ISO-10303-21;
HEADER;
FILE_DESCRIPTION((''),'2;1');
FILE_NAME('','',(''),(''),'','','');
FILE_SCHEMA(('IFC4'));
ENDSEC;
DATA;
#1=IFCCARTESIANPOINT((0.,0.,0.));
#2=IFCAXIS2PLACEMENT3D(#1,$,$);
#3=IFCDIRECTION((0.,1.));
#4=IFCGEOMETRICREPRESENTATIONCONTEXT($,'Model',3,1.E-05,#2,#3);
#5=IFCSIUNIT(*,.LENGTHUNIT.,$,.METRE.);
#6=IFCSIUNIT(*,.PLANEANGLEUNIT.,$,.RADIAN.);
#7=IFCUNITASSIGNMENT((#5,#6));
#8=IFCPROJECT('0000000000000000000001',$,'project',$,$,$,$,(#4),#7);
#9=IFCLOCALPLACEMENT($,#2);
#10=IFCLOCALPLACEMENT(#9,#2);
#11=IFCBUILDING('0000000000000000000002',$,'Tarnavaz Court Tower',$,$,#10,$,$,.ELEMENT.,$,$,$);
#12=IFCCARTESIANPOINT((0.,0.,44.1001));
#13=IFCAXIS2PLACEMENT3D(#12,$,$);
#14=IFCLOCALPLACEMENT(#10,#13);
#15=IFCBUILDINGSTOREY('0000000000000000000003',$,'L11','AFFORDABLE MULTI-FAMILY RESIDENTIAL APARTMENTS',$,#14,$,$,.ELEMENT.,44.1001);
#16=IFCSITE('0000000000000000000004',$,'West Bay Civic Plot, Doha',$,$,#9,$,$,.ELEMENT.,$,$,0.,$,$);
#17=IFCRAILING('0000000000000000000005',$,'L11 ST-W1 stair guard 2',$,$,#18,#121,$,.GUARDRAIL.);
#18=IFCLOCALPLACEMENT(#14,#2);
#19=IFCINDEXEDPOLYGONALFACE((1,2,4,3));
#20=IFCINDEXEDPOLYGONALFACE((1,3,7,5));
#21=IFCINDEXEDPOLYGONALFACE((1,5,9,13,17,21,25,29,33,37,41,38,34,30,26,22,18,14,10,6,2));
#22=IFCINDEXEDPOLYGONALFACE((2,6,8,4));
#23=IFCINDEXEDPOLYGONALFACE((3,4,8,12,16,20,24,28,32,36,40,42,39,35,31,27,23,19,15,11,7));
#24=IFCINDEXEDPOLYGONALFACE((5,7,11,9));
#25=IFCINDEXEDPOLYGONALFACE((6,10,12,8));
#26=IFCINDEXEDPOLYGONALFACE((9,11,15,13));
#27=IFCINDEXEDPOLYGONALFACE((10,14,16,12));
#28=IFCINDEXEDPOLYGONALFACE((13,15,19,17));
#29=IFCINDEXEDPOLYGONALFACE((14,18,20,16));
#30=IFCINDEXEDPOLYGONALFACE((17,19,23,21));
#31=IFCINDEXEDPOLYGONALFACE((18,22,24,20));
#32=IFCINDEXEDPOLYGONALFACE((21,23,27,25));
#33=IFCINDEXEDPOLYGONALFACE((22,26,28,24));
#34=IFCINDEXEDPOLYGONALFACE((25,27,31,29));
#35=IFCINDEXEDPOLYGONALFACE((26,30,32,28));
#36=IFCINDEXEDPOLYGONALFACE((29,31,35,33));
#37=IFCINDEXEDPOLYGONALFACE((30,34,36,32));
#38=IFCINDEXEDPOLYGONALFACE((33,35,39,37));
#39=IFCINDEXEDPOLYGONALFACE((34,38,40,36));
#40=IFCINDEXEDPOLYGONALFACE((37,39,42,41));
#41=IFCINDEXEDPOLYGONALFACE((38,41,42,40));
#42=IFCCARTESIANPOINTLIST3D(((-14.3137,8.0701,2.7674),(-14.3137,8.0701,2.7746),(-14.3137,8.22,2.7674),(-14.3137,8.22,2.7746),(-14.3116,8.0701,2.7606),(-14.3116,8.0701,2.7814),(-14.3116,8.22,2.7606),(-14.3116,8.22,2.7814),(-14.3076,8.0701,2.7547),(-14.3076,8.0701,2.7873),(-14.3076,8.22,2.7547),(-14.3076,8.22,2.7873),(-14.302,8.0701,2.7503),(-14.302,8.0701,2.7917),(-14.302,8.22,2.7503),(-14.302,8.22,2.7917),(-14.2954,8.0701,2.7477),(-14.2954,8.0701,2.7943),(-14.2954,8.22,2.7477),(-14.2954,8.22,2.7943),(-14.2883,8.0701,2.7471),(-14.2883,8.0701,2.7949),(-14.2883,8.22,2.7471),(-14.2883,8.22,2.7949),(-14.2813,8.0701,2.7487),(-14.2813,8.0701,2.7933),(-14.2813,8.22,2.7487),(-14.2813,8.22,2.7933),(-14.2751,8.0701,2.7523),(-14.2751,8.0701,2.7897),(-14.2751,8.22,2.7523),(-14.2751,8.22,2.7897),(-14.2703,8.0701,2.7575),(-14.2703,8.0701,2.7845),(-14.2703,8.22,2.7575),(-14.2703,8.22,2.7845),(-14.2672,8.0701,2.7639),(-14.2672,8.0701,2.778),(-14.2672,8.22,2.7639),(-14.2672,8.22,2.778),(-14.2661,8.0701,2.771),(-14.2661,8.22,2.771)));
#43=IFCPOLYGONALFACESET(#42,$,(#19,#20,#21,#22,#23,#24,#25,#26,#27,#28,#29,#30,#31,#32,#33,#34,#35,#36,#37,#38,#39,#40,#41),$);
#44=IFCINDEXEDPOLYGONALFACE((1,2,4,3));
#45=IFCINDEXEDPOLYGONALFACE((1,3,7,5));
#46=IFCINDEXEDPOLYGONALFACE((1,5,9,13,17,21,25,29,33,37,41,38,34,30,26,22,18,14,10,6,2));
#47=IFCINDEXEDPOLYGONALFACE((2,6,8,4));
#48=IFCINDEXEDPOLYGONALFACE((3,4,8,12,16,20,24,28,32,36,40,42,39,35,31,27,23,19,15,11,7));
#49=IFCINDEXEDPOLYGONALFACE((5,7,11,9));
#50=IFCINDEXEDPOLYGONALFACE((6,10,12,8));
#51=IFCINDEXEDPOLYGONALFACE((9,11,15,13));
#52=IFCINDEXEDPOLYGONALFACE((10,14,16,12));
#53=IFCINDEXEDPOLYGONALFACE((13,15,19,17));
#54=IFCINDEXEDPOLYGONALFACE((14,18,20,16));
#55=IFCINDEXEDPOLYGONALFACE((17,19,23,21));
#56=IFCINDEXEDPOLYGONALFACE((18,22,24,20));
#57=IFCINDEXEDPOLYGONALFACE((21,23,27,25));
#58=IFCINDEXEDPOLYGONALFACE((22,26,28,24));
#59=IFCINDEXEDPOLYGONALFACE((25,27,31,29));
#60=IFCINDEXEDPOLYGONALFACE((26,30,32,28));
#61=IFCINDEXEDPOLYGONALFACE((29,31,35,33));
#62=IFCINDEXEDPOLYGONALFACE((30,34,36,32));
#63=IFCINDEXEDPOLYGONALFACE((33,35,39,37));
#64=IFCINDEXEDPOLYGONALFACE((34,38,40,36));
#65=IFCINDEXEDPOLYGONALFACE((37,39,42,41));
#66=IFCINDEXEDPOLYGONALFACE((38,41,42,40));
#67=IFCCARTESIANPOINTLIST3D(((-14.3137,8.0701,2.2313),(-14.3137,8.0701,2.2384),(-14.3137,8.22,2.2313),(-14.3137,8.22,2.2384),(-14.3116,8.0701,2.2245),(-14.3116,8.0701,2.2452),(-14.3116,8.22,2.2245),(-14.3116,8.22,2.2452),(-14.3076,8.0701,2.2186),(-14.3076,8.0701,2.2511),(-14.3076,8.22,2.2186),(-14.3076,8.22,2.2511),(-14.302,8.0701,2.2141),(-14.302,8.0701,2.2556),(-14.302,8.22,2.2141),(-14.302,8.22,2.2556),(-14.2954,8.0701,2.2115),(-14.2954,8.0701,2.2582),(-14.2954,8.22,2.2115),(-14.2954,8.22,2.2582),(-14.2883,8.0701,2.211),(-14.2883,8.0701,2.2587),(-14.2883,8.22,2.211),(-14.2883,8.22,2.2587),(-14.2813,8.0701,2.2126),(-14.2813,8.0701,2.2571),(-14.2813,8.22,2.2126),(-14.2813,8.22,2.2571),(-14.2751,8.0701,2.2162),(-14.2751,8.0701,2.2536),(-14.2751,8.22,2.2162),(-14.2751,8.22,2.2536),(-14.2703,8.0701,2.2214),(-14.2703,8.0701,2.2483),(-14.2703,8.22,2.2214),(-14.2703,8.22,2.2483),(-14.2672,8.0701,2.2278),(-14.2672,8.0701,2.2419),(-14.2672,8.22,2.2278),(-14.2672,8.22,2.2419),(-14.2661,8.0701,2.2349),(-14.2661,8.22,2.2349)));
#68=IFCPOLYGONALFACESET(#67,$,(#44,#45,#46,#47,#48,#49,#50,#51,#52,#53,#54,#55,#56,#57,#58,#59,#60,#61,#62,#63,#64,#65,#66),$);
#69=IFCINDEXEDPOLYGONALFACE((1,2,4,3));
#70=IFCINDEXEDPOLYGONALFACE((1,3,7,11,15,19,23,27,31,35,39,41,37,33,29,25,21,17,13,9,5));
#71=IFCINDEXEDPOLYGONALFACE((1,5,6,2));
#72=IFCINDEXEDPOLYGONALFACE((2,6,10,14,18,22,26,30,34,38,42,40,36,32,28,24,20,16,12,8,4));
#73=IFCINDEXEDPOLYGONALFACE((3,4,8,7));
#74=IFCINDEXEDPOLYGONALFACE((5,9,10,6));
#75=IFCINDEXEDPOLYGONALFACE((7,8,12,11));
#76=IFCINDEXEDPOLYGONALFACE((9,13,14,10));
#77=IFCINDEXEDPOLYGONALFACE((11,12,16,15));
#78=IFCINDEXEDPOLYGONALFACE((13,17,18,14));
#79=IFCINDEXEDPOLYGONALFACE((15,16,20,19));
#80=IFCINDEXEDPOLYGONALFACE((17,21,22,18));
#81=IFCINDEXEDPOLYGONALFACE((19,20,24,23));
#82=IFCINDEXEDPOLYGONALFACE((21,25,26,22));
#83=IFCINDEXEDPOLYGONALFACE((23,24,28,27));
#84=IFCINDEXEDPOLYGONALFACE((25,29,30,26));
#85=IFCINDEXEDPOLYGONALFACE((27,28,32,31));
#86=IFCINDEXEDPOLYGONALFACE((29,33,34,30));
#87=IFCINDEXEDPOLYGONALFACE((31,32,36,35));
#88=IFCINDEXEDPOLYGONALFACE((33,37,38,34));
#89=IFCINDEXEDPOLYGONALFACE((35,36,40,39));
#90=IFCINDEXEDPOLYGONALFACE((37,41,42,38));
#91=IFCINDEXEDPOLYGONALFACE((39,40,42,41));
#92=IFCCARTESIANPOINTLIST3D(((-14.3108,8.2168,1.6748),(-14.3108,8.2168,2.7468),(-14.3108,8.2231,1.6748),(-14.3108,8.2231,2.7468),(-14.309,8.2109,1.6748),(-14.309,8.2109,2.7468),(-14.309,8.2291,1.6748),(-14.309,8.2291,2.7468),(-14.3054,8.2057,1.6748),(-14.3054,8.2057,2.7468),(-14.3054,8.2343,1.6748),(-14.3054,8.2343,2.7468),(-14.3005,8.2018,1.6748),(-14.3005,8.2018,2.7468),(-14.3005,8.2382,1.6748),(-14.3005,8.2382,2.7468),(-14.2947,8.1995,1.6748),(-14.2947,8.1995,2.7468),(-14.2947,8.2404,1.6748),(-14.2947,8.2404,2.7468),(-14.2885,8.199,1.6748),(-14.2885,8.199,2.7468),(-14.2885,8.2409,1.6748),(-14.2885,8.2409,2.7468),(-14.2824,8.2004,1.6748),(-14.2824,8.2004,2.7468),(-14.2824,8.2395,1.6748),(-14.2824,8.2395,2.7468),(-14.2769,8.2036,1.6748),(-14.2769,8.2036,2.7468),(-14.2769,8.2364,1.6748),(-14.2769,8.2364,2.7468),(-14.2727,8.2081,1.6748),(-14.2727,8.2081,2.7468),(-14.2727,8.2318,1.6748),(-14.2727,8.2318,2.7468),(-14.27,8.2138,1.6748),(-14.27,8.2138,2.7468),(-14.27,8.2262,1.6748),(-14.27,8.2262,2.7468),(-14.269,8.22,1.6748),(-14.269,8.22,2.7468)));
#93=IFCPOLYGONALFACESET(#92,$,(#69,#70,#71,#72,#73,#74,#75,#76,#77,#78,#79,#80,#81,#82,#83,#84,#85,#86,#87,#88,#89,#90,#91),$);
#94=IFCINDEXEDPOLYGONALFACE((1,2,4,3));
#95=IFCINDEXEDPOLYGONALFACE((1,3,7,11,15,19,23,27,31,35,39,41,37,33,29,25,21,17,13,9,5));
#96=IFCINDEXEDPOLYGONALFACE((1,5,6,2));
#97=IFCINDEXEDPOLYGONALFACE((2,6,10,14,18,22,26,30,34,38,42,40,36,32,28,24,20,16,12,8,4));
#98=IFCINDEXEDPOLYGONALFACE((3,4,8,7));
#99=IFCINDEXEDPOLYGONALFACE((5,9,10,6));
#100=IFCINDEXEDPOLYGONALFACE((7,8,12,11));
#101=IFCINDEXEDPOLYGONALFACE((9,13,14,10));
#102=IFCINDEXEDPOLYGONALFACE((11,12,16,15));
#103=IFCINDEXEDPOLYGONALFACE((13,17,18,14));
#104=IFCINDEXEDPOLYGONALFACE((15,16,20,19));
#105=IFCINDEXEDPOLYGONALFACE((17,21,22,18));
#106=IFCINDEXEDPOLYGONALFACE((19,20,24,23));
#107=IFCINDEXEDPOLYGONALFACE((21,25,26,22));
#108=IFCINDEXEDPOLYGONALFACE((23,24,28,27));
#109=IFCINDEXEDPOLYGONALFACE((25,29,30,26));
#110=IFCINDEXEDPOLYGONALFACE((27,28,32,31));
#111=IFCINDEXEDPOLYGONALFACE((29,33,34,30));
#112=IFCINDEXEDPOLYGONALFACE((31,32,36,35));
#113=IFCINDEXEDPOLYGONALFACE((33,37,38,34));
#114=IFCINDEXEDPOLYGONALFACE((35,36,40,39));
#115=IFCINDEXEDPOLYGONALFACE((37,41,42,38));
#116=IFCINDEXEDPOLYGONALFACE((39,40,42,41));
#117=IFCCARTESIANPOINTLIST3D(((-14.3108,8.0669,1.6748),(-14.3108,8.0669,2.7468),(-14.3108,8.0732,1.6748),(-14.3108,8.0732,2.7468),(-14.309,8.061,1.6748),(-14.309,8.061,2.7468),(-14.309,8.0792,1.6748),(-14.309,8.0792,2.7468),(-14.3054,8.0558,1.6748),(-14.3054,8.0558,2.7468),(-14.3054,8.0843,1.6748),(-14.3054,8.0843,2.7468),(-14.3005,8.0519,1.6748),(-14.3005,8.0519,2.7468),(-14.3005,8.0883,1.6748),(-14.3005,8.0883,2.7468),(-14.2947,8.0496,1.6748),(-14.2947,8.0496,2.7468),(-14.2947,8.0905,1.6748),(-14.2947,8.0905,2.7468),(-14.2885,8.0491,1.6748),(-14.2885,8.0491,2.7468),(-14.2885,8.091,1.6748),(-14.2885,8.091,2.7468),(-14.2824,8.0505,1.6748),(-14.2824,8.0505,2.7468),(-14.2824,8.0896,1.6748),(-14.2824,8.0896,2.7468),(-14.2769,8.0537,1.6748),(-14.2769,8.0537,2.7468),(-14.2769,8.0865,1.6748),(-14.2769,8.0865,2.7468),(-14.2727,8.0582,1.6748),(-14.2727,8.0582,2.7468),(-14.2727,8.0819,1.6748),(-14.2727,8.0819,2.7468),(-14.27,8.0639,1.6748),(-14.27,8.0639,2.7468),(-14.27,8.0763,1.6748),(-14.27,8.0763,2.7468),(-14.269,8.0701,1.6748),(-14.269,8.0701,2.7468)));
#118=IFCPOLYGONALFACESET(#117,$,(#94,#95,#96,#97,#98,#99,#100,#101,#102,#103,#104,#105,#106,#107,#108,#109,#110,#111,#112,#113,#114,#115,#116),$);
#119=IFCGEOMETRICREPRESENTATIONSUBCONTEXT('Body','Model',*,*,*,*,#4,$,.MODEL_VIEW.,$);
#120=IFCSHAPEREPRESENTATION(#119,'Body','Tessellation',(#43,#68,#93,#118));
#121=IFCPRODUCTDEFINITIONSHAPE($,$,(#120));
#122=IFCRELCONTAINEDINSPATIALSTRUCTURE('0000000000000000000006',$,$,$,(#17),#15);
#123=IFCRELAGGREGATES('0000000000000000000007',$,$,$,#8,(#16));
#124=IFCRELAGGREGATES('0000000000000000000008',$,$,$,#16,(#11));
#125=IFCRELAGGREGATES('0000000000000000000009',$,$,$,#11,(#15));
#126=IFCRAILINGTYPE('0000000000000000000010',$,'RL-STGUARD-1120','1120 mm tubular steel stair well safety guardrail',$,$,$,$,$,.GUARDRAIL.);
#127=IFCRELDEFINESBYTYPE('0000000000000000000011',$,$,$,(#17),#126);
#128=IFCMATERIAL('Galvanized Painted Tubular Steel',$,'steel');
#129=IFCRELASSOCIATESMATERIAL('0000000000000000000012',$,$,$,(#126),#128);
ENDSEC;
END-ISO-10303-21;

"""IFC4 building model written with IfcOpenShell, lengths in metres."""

from ifc_helpers import new_model, si_unit, direction, frame, origin, origin_2d, place, context, subcontext, project, spatial, circle, extrude, material, type_object, element, save


model = new_model("IFC4")

# Units and contexts
model_context = context("Model", 3, precision=1e-05, world=origin(), true_north=direction((0.0, 1.0)))
body_context = subcontext(model_context, "Body", "Model", "MODEL_VIEW")
ifc_project = project(units=[si_unit("LENGTHUNIT", "METRE"), si_unit("PLANEANGLEUNIT", "RADIAN")], contexts=[model_context])

# Site, building, storey
site_placement = place(None, origin())
site = spatial("IfcSite", under=ifc_project, at=site_placement, Name="West Bay Civic Plot, Doha", CompositionType="ELEMENT", RefElevation=0.0)
building_placement = place(site_placement, origin())
building = spatial("IfcBuilding", under=site, at=building_placement, Name="Tarnavaz Court Tower", CompositionType="ELEMENT")
storey_placement = place(building_placement, frame((0.0, 0.0, 44.1001)))
storey = spatial("IfcBuildingStorey", under=building, at=storey_placement, Name="L11", Description="AFFORDABLE MULTI-FAMILY RESIDENTIAL APARTMENTS", CompositionType="ELEMENT", Elevation=44.1001)

# Railing
ifc_material_1 = material(Name="Galvanized Painted Tubular Steel", Category="steel")
railing_type_1 = type_object("IfcRailingType", Name="RL-STGUARD-1120", Description="1120 mm tubular steel stair well safety guardrail", PredefinedType="GUARDRAIL", material=ifc_material_1)
railing_1_placement = place(storey_placement, frame((-14.29, 8.22, 1.6748)))
element("IfcRailing", 1, at=railing_1_placement, inside=storey, type_object=railing_type_1, Name="L11 ST-W1 stair guard 2", PredefinedType="GUARDRAIL", context=body_context, shape_type="SweptSolid", body=[
    extrude(circle(Radius=0.0239, at=origin_2d()), frame((0.0, 0.0, 1.0962), z_axis=(0.0, -1.0, 0.0), x_axis=(1.0, 0.0, 0.0)), (0.0, 0.0, 1.0), 0.1499),
    extrude(circle(Radius=0.0239, at=origin_2d()), frame((0.0, 0.0, 0.5601), z_axis=(0.0, -1.0, 0.0), x_axis=(1.0, 0.0, 0.0)), (0.0, 0.0, 1.0), 0.1499),
    extrude(circle(Radius=0.021, at=origin_2d()), origin(), (0.0, 0.0, 1.0), 1.072),
    extrude(circle(Radius=0.021, at=origin_2d()), frame((0.0, -0.1499, 0.0)), (0.0, 0.0, 1.0), 1.072),
])

save(model, "model.ifc")
